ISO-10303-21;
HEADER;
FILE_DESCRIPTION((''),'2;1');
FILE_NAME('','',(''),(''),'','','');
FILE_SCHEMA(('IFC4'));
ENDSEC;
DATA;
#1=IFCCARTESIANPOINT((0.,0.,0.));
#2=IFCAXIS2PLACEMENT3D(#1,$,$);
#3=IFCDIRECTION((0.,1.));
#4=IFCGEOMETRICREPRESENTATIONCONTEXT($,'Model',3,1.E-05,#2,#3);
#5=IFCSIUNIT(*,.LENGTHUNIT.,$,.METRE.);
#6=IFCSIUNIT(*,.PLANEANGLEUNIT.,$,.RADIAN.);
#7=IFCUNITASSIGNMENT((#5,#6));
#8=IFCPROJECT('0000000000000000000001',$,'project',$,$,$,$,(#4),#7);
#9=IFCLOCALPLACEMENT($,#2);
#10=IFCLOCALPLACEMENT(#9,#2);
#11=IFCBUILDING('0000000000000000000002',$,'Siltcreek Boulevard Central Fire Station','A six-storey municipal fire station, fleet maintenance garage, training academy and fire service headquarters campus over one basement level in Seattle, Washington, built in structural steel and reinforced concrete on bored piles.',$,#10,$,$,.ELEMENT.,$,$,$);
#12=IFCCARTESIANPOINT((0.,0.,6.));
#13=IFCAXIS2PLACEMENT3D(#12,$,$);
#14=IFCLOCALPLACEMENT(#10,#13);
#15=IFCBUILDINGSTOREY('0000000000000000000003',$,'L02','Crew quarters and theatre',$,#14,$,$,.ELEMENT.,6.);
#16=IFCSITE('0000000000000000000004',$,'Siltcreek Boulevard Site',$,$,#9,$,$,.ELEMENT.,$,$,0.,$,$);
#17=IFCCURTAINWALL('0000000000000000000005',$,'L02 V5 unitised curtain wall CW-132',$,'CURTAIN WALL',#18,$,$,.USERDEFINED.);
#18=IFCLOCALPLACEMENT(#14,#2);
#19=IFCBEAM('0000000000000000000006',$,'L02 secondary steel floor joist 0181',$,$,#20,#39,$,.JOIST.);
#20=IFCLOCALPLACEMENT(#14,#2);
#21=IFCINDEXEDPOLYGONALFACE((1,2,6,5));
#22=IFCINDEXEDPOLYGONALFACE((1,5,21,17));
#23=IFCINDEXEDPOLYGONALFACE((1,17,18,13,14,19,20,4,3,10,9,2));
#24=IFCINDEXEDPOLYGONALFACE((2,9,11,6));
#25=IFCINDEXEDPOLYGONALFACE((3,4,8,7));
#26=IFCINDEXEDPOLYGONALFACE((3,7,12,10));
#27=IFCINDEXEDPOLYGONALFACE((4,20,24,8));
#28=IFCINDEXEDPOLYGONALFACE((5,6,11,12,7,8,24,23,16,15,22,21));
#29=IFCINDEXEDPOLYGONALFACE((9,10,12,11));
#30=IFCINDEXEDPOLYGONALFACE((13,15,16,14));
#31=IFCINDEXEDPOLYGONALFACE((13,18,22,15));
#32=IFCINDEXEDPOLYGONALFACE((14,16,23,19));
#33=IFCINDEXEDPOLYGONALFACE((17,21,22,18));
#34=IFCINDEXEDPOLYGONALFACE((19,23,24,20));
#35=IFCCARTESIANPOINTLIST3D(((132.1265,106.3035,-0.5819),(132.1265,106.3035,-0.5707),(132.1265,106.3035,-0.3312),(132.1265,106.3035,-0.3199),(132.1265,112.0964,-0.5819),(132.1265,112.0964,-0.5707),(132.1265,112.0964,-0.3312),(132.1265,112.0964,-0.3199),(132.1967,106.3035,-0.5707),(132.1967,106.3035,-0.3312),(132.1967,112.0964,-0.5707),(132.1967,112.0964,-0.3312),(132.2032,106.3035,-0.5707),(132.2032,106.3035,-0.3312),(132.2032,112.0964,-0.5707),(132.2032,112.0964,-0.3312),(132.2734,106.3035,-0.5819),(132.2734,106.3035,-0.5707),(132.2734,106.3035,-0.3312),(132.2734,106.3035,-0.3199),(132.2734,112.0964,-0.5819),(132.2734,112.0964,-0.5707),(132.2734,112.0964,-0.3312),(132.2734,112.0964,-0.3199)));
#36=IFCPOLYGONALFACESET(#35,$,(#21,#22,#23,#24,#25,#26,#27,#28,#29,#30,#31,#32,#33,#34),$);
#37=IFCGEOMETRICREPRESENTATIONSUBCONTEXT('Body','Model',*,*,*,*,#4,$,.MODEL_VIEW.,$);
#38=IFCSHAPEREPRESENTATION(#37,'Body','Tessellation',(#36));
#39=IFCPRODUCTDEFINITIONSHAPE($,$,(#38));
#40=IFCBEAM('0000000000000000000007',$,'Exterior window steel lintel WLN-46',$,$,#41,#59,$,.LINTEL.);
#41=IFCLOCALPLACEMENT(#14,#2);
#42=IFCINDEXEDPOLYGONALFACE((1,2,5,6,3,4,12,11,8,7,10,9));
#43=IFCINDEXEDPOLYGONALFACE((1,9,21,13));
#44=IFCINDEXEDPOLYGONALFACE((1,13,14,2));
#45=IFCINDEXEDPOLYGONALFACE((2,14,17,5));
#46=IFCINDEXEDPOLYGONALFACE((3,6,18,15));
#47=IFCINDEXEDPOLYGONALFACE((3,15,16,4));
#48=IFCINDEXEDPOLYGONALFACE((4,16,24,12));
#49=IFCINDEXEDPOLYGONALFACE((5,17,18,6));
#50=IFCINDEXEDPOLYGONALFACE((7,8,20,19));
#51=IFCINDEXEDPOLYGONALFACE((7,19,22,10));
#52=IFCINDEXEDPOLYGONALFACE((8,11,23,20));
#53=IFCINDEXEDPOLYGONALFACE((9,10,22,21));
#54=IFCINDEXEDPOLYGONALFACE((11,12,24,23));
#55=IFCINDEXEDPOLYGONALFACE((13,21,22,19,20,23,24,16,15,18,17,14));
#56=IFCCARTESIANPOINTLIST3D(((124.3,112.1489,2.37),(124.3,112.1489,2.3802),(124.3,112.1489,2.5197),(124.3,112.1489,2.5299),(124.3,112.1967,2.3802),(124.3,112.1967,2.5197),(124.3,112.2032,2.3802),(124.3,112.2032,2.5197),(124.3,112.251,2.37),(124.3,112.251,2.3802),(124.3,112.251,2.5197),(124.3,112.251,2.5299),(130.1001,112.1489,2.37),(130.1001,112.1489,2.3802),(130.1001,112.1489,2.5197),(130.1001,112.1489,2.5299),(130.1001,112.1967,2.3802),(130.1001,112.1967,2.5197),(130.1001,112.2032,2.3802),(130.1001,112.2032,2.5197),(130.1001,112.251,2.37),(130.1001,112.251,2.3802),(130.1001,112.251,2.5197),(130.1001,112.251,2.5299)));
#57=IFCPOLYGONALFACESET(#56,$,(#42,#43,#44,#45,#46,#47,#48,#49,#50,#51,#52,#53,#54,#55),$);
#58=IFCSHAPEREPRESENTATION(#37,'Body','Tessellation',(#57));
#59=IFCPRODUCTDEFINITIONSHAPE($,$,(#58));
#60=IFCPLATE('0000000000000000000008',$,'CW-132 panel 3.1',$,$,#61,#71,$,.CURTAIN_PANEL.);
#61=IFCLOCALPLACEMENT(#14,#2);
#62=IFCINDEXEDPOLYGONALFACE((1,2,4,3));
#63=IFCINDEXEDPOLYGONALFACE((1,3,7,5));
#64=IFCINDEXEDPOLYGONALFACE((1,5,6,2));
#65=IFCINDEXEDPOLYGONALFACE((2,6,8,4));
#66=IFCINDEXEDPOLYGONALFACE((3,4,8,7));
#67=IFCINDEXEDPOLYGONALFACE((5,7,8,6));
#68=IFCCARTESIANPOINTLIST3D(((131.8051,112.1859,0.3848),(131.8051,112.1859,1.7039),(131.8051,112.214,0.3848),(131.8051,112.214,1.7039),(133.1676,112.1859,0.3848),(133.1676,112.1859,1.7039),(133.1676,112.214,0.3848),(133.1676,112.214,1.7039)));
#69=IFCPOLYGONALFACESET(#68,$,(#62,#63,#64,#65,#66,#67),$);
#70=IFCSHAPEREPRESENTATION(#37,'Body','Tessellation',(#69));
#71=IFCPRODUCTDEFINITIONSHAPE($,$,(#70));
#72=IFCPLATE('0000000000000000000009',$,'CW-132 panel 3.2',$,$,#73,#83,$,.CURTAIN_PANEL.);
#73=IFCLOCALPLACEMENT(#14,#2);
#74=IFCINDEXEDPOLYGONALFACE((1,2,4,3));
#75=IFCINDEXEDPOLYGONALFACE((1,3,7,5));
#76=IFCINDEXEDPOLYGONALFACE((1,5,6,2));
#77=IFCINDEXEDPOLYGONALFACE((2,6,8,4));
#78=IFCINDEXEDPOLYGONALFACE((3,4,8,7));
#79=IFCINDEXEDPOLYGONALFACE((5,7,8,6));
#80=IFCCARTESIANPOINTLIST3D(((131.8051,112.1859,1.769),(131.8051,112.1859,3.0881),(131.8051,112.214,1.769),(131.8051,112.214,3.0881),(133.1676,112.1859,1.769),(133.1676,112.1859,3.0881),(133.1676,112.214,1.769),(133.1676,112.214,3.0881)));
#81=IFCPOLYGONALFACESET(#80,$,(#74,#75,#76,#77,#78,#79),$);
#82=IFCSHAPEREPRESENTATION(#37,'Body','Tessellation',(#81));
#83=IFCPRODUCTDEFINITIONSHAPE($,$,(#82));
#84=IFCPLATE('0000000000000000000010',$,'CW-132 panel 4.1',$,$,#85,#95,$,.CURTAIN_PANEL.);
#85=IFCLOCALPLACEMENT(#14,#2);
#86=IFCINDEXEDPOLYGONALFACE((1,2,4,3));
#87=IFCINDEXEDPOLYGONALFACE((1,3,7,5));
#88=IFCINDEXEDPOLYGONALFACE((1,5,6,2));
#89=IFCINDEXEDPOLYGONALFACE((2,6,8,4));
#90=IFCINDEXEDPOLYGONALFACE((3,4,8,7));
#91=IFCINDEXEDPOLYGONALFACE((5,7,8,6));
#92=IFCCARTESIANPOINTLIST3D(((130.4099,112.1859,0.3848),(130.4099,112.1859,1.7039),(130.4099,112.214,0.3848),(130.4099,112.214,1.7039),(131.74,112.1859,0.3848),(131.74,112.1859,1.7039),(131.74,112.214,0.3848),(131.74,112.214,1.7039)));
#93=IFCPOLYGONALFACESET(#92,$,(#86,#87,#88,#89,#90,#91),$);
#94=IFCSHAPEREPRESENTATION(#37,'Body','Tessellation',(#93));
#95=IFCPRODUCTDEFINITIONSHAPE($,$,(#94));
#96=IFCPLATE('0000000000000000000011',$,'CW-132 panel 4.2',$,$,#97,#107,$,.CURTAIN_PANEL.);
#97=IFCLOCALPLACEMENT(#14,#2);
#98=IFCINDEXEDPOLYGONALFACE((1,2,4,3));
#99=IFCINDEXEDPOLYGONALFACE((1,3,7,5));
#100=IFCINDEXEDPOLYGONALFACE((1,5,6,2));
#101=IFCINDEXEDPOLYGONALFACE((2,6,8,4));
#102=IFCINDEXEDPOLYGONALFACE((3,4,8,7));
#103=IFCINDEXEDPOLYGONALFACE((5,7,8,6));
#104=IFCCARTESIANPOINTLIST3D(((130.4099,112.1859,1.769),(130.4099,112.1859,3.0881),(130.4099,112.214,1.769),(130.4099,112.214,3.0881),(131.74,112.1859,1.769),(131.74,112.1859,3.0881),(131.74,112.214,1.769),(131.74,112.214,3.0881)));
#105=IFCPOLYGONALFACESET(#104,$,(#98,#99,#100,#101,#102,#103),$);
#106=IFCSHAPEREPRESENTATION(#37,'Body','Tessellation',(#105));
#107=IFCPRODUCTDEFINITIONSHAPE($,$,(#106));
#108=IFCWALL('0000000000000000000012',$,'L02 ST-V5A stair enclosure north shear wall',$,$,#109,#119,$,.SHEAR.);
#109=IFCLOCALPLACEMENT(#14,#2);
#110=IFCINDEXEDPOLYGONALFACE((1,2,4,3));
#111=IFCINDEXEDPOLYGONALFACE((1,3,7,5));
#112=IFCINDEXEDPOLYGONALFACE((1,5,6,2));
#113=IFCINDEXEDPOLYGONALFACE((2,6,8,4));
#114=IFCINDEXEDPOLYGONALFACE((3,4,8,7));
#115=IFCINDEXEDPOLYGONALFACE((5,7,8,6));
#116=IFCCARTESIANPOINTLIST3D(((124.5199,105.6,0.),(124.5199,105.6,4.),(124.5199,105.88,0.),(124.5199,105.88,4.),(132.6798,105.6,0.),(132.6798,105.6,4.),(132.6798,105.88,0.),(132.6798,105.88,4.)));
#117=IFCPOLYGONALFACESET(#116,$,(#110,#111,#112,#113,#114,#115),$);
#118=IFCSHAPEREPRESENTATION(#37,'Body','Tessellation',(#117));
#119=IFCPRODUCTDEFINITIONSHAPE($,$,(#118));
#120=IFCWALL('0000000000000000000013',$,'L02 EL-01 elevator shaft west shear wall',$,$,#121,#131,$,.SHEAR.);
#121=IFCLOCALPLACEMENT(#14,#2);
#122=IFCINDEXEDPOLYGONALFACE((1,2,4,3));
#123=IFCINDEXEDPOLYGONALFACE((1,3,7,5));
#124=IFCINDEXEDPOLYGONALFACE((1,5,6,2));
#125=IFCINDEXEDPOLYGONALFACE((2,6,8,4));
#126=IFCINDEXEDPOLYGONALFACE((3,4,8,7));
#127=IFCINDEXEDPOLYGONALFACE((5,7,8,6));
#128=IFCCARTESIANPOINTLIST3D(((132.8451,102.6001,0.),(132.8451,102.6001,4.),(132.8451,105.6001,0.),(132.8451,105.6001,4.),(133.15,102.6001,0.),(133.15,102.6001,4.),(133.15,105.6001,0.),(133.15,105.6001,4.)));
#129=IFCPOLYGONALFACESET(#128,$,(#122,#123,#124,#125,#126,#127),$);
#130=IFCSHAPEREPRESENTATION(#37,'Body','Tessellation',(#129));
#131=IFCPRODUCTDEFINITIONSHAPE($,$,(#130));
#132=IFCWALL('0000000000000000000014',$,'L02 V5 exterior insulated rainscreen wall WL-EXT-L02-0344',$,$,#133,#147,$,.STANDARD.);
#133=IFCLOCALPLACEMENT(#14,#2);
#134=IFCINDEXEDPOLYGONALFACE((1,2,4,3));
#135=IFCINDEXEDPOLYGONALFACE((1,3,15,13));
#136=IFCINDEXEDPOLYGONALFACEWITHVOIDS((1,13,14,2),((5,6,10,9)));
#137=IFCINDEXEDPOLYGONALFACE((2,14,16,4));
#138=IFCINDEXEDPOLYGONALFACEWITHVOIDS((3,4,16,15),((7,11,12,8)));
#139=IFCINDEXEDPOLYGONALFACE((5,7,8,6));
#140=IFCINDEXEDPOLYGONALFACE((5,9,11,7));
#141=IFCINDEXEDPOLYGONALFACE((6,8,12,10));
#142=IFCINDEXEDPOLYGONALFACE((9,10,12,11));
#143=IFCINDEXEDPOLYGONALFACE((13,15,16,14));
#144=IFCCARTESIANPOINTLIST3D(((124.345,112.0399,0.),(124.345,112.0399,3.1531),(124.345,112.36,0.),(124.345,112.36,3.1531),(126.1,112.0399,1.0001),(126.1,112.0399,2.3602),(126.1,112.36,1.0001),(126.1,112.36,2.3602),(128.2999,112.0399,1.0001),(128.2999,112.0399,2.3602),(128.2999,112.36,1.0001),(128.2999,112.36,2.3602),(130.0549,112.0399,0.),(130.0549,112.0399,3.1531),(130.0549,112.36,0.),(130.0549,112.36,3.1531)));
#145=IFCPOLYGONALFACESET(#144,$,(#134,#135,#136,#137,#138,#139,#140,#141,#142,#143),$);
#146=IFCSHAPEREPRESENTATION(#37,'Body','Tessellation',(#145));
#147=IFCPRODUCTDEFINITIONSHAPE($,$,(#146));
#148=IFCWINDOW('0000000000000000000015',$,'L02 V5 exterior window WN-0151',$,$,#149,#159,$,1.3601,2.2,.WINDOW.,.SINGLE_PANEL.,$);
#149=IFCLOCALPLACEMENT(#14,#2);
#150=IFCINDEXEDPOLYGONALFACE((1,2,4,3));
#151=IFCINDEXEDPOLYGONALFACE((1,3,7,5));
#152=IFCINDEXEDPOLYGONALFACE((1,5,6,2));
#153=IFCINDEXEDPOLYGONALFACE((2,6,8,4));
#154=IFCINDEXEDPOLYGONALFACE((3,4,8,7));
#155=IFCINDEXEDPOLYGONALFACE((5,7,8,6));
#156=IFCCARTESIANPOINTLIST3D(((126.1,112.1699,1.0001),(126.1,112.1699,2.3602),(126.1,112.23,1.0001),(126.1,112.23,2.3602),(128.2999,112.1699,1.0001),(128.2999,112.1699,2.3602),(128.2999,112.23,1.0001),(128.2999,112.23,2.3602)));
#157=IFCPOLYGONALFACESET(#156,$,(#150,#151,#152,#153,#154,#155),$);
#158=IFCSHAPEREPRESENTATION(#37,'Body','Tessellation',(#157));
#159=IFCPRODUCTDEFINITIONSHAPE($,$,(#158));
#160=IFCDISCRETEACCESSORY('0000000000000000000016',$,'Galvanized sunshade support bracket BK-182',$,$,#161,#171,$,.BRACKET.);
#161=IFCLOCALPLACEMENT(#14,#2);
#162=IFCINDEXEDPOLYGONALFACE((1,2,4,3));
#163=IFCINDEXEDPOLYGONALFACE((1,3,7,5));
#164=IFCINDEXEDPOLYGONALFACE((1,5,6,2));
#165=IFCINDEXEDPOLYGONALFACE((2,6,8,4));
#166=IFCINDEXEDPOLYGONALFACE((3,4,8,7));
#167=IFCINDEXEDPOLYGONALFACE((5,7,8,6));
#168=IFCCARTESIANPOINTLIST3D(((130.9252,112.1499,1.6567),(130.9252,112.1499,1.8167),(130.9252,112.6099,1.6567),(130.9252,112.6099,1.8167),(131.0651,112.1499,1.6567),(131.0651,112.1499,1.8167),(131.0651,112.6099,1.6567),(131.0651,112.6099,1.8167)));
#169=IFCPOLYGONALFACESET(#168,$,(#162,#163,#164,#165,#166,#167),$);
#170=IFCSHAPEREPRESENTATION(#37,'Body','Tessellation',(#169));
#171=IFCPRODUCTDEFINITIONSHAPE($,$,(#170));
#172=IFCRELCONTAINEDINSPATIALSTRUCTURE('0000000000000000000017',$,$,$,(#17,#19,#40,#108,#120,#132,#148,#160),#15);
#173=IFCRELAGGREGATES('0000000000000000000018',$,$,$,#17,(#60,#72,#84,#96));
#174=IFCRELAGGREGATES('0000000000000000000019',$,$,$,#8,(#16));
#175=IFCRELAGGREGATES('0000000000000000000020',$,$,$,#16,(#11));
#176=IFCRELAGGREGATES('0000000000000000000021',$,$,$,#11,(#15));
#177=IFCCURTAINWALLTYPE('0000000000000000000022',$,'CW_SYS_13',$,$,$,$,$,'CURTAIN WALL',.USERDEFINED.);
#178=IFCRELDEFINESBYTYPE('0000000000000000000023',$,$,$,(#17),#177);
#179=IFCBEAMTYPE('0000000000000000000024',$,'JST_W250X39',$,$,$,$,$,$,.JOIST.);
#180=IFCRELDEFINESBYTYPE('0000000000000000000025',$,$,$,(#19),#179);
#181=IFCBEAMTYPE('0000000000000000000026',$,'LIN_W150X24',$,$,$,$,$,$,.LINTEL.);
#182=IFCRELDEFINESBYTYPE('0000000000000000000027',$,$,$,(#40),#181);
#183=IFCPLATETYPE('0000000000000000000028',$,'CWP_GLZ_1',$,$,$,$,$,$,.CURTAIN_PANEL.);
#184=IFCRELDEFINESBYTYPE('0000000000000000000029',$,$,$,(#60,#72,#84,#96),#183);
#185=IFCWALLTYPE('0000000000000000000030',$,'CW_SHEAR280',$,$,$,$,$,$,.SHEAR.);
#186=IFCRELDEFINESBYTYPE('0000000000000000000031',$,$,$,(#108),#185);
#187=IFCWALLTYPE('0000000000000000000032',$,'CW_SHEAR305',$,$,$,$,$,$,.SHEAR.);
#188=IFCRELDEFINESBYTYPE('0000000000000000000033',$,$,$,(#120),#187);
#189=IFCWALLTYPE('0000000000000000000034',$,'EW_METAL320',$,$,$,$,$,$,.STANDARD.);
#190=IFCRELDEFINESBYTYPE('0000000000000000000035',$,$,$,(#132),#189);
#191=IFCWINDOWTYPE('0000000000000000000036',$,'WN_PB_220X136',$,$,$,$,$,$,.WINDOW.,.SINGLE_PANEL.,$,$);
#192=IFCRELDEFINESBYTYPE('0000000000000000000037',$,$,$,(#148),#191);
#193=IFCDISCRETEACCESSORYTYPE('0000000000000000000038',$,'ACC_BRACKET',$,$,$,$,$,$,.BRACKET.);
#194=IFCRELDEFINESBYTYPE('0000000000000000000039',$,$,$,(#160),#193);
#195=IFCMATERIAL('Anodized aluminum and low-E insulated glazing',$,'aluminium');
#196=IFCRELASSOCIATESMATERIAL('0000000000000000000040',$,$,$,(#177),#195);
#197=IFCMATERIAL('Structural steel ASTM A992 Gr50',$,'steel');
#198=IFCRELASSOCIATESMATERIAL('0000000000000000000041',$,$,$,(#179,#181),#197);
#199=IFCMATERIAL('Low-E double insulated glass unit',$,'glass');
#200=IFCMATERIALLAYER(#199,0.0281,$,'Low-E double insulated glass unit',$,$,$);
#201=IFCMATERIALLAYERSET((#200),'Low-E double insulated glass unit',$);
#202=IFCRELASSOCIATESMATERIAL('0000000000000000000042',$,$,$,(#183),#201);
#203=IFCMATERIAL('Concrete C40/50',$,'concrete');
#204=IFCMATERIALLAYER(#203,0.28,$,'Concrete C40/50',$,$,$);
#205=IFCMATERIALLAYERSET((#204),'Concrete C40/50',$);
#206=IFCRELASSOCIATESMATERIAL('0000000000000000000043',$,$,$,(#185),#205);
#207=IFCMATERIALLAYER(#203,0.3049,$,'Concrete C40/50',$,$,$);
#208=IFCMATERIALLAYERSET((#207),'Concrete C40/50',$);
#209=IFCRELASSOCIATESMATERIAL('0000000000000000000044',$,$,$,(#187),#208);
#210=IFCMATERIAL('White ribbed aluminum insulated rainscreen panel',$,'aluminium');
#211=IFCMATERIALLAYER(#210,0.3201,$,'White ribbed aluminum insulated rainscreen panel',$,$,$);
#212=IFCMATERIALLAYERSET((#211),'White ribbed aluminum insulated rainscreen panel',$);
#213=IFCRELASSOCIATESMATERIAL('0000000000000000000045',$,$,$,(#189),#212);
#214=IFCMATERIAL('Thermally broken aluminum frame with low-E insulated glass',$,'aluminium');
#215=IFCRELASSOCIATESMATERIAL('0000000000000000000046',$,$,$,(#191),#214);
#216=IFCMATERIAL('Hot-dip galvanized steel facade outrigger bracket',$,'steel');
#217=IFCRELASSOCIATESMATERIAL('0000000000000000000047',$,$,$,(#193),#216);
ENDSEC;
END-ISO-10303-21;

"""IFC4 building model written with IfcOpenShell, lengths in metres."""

from ifc_helpers import new_model, si_unit, direction, frame, frame_2d, origin, origin_2d, place, context, subcontext, project, spatial, rectangle, i_section, extrude, material, layer, layer_set, material_profile, profile_set, type_object, element, fill, aggregate, save


model = new_model("IFC4")

# Units and contexts
model_context = context("Model", 3, precision=1e-05, world=origin(), true_north=direction((0.0, 1.0)))
body_context = subcontext(model_context, "Body", "Model", "MODEL_VIEW")
ifc_project = project(units=[si_unit("LENGTHUNIT", "METRE"), si_unit("PLANEANGLEUNIT", "RADIAN")], contexts=[model_context])

# Site, building, storey
site_placement = place(None, origin())
site = spatial("IfcSite", under=ifc_project, at=site_placement, Name="Siltcreek Boulevard Site", CompositionType="ELEMENT", RefElevation=0.0)
building_placement = place(site_placement, origin())
building = spatial("IfcBuilding", under=site, at=building_placement, Name="Siltcreek Boulevard Central Fire Station", Description="A six-storey municipal fire station, fleet maintenance garage, training academy and fire service headquarters campus over one basement level in Seattle, Washington, built in structural steel and reinforced concrete on bored piles.", CompositionType="ELEMENT")
storey_placement = place(building_placement, frame((0.0, 0.0, 6.0)))
storey = spatial("IfcBuildingStorey", under=building, at=storey_placement, Name="L02", Description="Crew quarters and theatre", CompositionType="ELEMENT", Elevation=6.0)

# Shared definitions
ifc_material_1 = material(Name="Structural steel ASTM A992 Gr50", Category="steel")

# Curtain wall
ifc_material_2 = material(Name="Anodized aluminum and low-E insulated glazing", Category="aluminium")
curtain_wall_type = type_object("IfcCurtainWallType", Name="CW_SYS_13", ElementType="CURTAIN WALL", PredefinedType="USERDEFINED", material=ifc_material_2)
curtain_wall_placement = place(storey_placement, origin())
curtain_wall = element("IfcCurtainWall", 1, at=curtain_wall_placement, inside=storey, type_object=curtain_wall_type, Name="L02 V5 unitised curtain wall CW-132", ObjectType="CURTAIN WALL", PredefinedType="USERDEFINED")

# Beams
ifc_material_profile_1 = material_profile(ifc_material_1, i_section(OverallWidth=0.147, OverallDepth=0.262, WebThickness=0.0066, FlangeThickness=0.0112, at=origin_2d()), Name="W250X39")
ifc_profile_set_1 = profile_set([ifc_material_profile_1], Name="Structural steel ASTM A992 Gr50")
beam_type_1 = type_object("IfcBeamType", Name="JST_W250X39", PredefinedType="JOIST", material=ifc_profile_set_1)
beam_1_placement = place(storey_placement, frame((132.2, 106.3035, -0.4509), z_axis=(0.0, 1.0, 0.0), x_axis=(-1.0, 0.0, 0.0)))
element("IfcBeam", 2, at=beam_1_placement, inside=storey, type_object=beam_type_1, Name="L02 secondary steel floor joist 0181", PredefinedType="JOIST", context=body_context, shape_type="SweptSolid", body=[
    extrude(i_section(OverallWidth=0.147, OverallDepth=0.262, WebThickness=0.0066, FlangeThickness=0.0112, at=origin_2d()), origin(), (0.0, 0.0, 1.0), 5.793),
])
ifc_material_profile_2 = material_profile(ifc_material_1, i_section(OverallWidth=0.1021, OverallDepth=0.1599, WebThickness=0.0066, FlangeThickness=0.0103, at=origin_2d()), Name="W150X24")
ifc_profile_set_2 = profile_set([ifc_material_profile_2], Name="Structural steel ASTM A992 Gr50")
beam_type_2 = type_object("IfcBeamType", Name="LIN_W150X24", PredefinedType="LINTEL", material=ifc_profile_set_2)
beam_2_placement = place(storey_placement, frame((130.1001, 112.2, 2.45), z_axis=(-1.0, 0.0, 0.0), x_axis=(0.0, -1.0, 0.0)))
element("IfcBeam", 3, at=beam_2_placement, inside=storey, type_object=beam_type_2, Name="Exterior window steel lintel WLN-46", PredefinedType="LINTEL", context=body_context, shape_type="SweptSolid", body=[
    extrude(i_section(OverallWidth=0.1021, OverallDepth=0.1599, WebThickness=0.0066, FlangeThickness=0.0103, at=origin_2d()), origin(), (0.0, 0.0, 1.0), 5.8),
])

# Plates
ifc_material_3 = material(Name="Low-E double insulated glass unit", Category="glass")
ifc_layer_1 = layer(ifc_material_3, 0.0281, Name="Low-E double insulated glass unit")
ifc_layer_set_1 = layer_set([ifc_layer_1], Name="Low-E double insulated glass unit")
plate_type = type_object("IfcPlateType", Name="CWP_GLZ_1", PredefinedType="CURTAIN_PANEL", material=ifc_layer_set_1)
plate_1_placement = place(storey_placement, frame((132.4863, 112.2, 0.3848), z_axis=(0.0, 0.0, 1.0), x_axis=(-1.0, 0.0, 0.0)))
plate_1 = element("IfcPlate", 4, at=plate_1_placement, type_object=plate_type, Name="CW-132 panel 3.1", PredefinedType="CURTAIN_PANEL", context=body_context, shape_type="SweptSolid", body=[
    extrude(rectangle(XDim=1.3625, YDim=0.0281, at=origin_2d()), origin(), (0.0, 0.0, 1.0), 1.3191),
])
plate_2_placement = place(storey_placement, frame((132.4863, 112.2, 1.769), z_axis=(0.0, 0.0, 1.0), x_axis=(-1.0, 0.0, 0.0)))
plate_2 = element("IfcPlate", 5, at=plate_2_placement, type_object=plate_type, Name="CW-132 panel 3.2", PredefinedType="CURTAIN_PANEL", context=body_context, shape_type="SweptSolid", body=[
    extrude(rectangle(XDim=1.3625, YDim=0.0281, at=origin_2d()), origin(), (0.0, 0.0, 1.0), 1.3191),
])
plate_3_placement = place(storey_placement, frame((131.075, 112.2, 0.3848), z_axis=(0.0, 0.0, 1.0), x_axis=(-1.0, 0.0, 0.0)))
plate_3 = element("IfcPlate", 6, at=plate_3_placement, type_object=plate_type, Name="CW-132 panel 4.1", PredefinedType="CURTAIN_PANEL", context=body_context, shape_type="SweptSolid", body=[
    extrude(rectangle(XDim=1.3301, YDim=0.0281, at=origin_2d()), origin(), (0.0, 0.0, 1.0), 1.3191),
])
plate_4_placement = place(storey_placement, frame((131.075, 112.2, 1.769), z_axis=(0.0, 0.0, 1.0), x_axis=(-1.0, 0.0, 0.0)))
plate_4 = element("IfcPlate", 7, at=plate_4_placement, type_object=plate_type, Name="CW-132 panel 4.2", PredefinedType="CURTAIN_PANEL", context=body_context, shape_type="SweptSolid", body=[
    extrude(rectangle(XDim=1.3301, YDim=0.0281, at=origin_2d()), origin(), (0.0, 0.0, 1.0), 1.3191),
])
aggregate(curtain_wall, [plate_1, plate_2, plate_3, plate_4])

# Walls
ifc_material_4 = material(Name="Concrete C40/50", Category="concrete")
ifc_layer_2 = layer(ifc_material_4, 0.28, Name="Concrete C40/50")
ifc_layer_set_2 = layer_set([ifc_layer_2], Name="Concrete C40/50")
wall_type_1 = type_object("IfcWallType", Name="CW_SHEAR280", PredefinedType="SHEAR", material=ifc_layer_set_2)
wall_1_placement = place(storey_placement, frame((132.6799, 105.74, 0.0), z_axis=(0.0, 0.0, 1.0), x_axis=(-1.0, 0.0, 0.0)))
element("IfcWall", 8, at=wall_1_placement, inside=storey, type_object=wall_type_1, Name="L02 ST-V5A stair enclosure north shear wall", PredefinedType="SHEAR", context=body_context, shape_type="SweptSolid", body=[
    extrude(rectangle(XDim=8.1599, YDim=0.28, at=frame_2d((4.0801, 0.0))), origin(), (0.0, 0.0, 1.0), 4.0),
])
ifc_layer_3 = layer(ifc_material_4, 0.3049, Name="Concrete C40/50")
ifc_layer_set_3 = layer_set([ifc_layer_3], Name="Concrete C40/50")
wall_type_2 = type_object("IfcWallType", Name="CW_SHEAR305", PredefinedType="SHEAR", material=ifc_layer_set_3)
wall_2_placement = place(storey_placement, frame((132.9976, 105.6001, 0.0), z_axis=(0.0, 0.0, 1.0), x_axis=(0.0, -1.0, 0.0)))
element("IfcWall", 9, at=wall_2_placement, inside=storey, type_object=wall_type_2, Name="L02 EL-01 elevator shaft west shear wall", PredefinedType="SHEAR", context=body_context, shape_type="SweptSolid", body=[
    extrude(rectangle(XDim=3.0, YDim=0.3049, at=frame_2d((1.5, 0.0))), origin(), (0.0, 0.0, 1.0), 4.0),
])

# Wall, opening, window
ifc_material_5 = material(Name="White ribbed aluminum insulated rainscreen panel", Category="aluminium")
ifc_layer_4 = layer(ifc_material_5, 0.3201, Name="White ribbed aluminum insulated rainscreen panel")
ifc_layer_set_4 = layer_set([ifc_layer_4], Name="White ribbed aluminum insulated rainscreen panel")
wall_type_3 = type_object("IfcWallType", Name="EW_METAL320", PredefinedType="STANDARD", material=ifc_layer_set_4)
wall_3_placement = place(storey_placement, frame((130.0549, 112.2, 0.0), z_axis=(0.0, 0.0, 1.0), x_axis=(-1.0, 0.0, 0.0)))
wall_3 = element("IfcWall", 10, at=wall_3_placement, inside=storey, type_object=wall_type_3, Name="L02 V5 exterior insulated rainscreen wall WL-EXT-L02-0344", PredefinedType="STANDARD", context=body_context, shape_type="SweptSolid", body=[
    extrude(rectangle(XDim=5.71, YDim=0.3201, at=frame_2d((2.855, 0.0))), origin(), (0.0, 0.0, 1.0), 3.1531),
])
opening_placement = place(wall_3_placement, frame((1.7549, 0.0, 1.0)))
opening = element("IfcOpeningElement", 11, at=opening_placement, cuts=wall_3, PredefinedType="OPENING", context=body_context, shape_type="SweptSolid", body=[
    extrude(rectangle(XDim=2.2, YDim=1.3601, at=frame_2d((1.1001, 0.6802))), frame((0.0, 0.1699, 0.0), z_axis=(0.0, -1.0, 0.0), x_axis=(1.0, 0.0, 0.0)), (0.0, 0.0, 1.0), 0.3401),
])
ifc_material_6 = material(Name="Thermally broken aluminum frame with low-E insulated glass", Category="aluminium")
window_type = type_object("IfcWindowType", Name="WN_PB_220X136", PartitioningType="SINGLE_PANEL", PredefinedType="WINDOW", material=ifc_material_6)
window_placement = place(opening_placement, origin())
window = element("IfcWindow", 12, at=window_placement, inside=storey, type_object=window_type, Name="L02 V5 exterior window WN-0151", OverallHeight=1.3601, OverallWidth=2.2, PartitioningType="SINGLE_PANEL", PredefinedType="WINDOW", context=body_context, shape_type="SweptSolid", body=[
    extrude(rectangle(XDim=2.2, YDim=1.3601, at=frame_2d((1.1001, 0.6802))), frame((0.0, 0.03, 0.0), z_axis=(0.0, -1.0, 0.0), x_axis=(1.0, 0.0, 0.0)), (0.0, 0.0, 1.0), 0.0601),
])
fill(opening, window)

# Discrete accessory
ifc_material_7 = material(Name="Hot-dip galvanized steel facade outrigger bracket", Category="steel")
discrete_accessory_type = type_object("IfcDiscreteAccessoryType", Name="ACC_BRACKET", PredefinedType="BRACKET", material=ifc_material_7)
discrete_accessory_placement = place(storey_placement, frame((130.9951, 112.3799, 1.6567), z_axis=(0.0, 0.0, 1.0), x_axis=(-1.0, 0.0, 0.0)))
element("IfcDiscreteAccessory", 13, at=discrete_accessory_placement, inside=storey, type_object=discrete_accessory_type, Name="Galvanized sunshade support bracket BK-182", PredefinedType="BRACKET", context=body_context, shape_type="SweptSolid", body=[
    extrude(rectangle(XDim=0.1399, YDim=0.46, at=origin_2d()), origin(), (0.0, 0.0, 1.0), 0.1599),
])

save(model, "model.ifc")
